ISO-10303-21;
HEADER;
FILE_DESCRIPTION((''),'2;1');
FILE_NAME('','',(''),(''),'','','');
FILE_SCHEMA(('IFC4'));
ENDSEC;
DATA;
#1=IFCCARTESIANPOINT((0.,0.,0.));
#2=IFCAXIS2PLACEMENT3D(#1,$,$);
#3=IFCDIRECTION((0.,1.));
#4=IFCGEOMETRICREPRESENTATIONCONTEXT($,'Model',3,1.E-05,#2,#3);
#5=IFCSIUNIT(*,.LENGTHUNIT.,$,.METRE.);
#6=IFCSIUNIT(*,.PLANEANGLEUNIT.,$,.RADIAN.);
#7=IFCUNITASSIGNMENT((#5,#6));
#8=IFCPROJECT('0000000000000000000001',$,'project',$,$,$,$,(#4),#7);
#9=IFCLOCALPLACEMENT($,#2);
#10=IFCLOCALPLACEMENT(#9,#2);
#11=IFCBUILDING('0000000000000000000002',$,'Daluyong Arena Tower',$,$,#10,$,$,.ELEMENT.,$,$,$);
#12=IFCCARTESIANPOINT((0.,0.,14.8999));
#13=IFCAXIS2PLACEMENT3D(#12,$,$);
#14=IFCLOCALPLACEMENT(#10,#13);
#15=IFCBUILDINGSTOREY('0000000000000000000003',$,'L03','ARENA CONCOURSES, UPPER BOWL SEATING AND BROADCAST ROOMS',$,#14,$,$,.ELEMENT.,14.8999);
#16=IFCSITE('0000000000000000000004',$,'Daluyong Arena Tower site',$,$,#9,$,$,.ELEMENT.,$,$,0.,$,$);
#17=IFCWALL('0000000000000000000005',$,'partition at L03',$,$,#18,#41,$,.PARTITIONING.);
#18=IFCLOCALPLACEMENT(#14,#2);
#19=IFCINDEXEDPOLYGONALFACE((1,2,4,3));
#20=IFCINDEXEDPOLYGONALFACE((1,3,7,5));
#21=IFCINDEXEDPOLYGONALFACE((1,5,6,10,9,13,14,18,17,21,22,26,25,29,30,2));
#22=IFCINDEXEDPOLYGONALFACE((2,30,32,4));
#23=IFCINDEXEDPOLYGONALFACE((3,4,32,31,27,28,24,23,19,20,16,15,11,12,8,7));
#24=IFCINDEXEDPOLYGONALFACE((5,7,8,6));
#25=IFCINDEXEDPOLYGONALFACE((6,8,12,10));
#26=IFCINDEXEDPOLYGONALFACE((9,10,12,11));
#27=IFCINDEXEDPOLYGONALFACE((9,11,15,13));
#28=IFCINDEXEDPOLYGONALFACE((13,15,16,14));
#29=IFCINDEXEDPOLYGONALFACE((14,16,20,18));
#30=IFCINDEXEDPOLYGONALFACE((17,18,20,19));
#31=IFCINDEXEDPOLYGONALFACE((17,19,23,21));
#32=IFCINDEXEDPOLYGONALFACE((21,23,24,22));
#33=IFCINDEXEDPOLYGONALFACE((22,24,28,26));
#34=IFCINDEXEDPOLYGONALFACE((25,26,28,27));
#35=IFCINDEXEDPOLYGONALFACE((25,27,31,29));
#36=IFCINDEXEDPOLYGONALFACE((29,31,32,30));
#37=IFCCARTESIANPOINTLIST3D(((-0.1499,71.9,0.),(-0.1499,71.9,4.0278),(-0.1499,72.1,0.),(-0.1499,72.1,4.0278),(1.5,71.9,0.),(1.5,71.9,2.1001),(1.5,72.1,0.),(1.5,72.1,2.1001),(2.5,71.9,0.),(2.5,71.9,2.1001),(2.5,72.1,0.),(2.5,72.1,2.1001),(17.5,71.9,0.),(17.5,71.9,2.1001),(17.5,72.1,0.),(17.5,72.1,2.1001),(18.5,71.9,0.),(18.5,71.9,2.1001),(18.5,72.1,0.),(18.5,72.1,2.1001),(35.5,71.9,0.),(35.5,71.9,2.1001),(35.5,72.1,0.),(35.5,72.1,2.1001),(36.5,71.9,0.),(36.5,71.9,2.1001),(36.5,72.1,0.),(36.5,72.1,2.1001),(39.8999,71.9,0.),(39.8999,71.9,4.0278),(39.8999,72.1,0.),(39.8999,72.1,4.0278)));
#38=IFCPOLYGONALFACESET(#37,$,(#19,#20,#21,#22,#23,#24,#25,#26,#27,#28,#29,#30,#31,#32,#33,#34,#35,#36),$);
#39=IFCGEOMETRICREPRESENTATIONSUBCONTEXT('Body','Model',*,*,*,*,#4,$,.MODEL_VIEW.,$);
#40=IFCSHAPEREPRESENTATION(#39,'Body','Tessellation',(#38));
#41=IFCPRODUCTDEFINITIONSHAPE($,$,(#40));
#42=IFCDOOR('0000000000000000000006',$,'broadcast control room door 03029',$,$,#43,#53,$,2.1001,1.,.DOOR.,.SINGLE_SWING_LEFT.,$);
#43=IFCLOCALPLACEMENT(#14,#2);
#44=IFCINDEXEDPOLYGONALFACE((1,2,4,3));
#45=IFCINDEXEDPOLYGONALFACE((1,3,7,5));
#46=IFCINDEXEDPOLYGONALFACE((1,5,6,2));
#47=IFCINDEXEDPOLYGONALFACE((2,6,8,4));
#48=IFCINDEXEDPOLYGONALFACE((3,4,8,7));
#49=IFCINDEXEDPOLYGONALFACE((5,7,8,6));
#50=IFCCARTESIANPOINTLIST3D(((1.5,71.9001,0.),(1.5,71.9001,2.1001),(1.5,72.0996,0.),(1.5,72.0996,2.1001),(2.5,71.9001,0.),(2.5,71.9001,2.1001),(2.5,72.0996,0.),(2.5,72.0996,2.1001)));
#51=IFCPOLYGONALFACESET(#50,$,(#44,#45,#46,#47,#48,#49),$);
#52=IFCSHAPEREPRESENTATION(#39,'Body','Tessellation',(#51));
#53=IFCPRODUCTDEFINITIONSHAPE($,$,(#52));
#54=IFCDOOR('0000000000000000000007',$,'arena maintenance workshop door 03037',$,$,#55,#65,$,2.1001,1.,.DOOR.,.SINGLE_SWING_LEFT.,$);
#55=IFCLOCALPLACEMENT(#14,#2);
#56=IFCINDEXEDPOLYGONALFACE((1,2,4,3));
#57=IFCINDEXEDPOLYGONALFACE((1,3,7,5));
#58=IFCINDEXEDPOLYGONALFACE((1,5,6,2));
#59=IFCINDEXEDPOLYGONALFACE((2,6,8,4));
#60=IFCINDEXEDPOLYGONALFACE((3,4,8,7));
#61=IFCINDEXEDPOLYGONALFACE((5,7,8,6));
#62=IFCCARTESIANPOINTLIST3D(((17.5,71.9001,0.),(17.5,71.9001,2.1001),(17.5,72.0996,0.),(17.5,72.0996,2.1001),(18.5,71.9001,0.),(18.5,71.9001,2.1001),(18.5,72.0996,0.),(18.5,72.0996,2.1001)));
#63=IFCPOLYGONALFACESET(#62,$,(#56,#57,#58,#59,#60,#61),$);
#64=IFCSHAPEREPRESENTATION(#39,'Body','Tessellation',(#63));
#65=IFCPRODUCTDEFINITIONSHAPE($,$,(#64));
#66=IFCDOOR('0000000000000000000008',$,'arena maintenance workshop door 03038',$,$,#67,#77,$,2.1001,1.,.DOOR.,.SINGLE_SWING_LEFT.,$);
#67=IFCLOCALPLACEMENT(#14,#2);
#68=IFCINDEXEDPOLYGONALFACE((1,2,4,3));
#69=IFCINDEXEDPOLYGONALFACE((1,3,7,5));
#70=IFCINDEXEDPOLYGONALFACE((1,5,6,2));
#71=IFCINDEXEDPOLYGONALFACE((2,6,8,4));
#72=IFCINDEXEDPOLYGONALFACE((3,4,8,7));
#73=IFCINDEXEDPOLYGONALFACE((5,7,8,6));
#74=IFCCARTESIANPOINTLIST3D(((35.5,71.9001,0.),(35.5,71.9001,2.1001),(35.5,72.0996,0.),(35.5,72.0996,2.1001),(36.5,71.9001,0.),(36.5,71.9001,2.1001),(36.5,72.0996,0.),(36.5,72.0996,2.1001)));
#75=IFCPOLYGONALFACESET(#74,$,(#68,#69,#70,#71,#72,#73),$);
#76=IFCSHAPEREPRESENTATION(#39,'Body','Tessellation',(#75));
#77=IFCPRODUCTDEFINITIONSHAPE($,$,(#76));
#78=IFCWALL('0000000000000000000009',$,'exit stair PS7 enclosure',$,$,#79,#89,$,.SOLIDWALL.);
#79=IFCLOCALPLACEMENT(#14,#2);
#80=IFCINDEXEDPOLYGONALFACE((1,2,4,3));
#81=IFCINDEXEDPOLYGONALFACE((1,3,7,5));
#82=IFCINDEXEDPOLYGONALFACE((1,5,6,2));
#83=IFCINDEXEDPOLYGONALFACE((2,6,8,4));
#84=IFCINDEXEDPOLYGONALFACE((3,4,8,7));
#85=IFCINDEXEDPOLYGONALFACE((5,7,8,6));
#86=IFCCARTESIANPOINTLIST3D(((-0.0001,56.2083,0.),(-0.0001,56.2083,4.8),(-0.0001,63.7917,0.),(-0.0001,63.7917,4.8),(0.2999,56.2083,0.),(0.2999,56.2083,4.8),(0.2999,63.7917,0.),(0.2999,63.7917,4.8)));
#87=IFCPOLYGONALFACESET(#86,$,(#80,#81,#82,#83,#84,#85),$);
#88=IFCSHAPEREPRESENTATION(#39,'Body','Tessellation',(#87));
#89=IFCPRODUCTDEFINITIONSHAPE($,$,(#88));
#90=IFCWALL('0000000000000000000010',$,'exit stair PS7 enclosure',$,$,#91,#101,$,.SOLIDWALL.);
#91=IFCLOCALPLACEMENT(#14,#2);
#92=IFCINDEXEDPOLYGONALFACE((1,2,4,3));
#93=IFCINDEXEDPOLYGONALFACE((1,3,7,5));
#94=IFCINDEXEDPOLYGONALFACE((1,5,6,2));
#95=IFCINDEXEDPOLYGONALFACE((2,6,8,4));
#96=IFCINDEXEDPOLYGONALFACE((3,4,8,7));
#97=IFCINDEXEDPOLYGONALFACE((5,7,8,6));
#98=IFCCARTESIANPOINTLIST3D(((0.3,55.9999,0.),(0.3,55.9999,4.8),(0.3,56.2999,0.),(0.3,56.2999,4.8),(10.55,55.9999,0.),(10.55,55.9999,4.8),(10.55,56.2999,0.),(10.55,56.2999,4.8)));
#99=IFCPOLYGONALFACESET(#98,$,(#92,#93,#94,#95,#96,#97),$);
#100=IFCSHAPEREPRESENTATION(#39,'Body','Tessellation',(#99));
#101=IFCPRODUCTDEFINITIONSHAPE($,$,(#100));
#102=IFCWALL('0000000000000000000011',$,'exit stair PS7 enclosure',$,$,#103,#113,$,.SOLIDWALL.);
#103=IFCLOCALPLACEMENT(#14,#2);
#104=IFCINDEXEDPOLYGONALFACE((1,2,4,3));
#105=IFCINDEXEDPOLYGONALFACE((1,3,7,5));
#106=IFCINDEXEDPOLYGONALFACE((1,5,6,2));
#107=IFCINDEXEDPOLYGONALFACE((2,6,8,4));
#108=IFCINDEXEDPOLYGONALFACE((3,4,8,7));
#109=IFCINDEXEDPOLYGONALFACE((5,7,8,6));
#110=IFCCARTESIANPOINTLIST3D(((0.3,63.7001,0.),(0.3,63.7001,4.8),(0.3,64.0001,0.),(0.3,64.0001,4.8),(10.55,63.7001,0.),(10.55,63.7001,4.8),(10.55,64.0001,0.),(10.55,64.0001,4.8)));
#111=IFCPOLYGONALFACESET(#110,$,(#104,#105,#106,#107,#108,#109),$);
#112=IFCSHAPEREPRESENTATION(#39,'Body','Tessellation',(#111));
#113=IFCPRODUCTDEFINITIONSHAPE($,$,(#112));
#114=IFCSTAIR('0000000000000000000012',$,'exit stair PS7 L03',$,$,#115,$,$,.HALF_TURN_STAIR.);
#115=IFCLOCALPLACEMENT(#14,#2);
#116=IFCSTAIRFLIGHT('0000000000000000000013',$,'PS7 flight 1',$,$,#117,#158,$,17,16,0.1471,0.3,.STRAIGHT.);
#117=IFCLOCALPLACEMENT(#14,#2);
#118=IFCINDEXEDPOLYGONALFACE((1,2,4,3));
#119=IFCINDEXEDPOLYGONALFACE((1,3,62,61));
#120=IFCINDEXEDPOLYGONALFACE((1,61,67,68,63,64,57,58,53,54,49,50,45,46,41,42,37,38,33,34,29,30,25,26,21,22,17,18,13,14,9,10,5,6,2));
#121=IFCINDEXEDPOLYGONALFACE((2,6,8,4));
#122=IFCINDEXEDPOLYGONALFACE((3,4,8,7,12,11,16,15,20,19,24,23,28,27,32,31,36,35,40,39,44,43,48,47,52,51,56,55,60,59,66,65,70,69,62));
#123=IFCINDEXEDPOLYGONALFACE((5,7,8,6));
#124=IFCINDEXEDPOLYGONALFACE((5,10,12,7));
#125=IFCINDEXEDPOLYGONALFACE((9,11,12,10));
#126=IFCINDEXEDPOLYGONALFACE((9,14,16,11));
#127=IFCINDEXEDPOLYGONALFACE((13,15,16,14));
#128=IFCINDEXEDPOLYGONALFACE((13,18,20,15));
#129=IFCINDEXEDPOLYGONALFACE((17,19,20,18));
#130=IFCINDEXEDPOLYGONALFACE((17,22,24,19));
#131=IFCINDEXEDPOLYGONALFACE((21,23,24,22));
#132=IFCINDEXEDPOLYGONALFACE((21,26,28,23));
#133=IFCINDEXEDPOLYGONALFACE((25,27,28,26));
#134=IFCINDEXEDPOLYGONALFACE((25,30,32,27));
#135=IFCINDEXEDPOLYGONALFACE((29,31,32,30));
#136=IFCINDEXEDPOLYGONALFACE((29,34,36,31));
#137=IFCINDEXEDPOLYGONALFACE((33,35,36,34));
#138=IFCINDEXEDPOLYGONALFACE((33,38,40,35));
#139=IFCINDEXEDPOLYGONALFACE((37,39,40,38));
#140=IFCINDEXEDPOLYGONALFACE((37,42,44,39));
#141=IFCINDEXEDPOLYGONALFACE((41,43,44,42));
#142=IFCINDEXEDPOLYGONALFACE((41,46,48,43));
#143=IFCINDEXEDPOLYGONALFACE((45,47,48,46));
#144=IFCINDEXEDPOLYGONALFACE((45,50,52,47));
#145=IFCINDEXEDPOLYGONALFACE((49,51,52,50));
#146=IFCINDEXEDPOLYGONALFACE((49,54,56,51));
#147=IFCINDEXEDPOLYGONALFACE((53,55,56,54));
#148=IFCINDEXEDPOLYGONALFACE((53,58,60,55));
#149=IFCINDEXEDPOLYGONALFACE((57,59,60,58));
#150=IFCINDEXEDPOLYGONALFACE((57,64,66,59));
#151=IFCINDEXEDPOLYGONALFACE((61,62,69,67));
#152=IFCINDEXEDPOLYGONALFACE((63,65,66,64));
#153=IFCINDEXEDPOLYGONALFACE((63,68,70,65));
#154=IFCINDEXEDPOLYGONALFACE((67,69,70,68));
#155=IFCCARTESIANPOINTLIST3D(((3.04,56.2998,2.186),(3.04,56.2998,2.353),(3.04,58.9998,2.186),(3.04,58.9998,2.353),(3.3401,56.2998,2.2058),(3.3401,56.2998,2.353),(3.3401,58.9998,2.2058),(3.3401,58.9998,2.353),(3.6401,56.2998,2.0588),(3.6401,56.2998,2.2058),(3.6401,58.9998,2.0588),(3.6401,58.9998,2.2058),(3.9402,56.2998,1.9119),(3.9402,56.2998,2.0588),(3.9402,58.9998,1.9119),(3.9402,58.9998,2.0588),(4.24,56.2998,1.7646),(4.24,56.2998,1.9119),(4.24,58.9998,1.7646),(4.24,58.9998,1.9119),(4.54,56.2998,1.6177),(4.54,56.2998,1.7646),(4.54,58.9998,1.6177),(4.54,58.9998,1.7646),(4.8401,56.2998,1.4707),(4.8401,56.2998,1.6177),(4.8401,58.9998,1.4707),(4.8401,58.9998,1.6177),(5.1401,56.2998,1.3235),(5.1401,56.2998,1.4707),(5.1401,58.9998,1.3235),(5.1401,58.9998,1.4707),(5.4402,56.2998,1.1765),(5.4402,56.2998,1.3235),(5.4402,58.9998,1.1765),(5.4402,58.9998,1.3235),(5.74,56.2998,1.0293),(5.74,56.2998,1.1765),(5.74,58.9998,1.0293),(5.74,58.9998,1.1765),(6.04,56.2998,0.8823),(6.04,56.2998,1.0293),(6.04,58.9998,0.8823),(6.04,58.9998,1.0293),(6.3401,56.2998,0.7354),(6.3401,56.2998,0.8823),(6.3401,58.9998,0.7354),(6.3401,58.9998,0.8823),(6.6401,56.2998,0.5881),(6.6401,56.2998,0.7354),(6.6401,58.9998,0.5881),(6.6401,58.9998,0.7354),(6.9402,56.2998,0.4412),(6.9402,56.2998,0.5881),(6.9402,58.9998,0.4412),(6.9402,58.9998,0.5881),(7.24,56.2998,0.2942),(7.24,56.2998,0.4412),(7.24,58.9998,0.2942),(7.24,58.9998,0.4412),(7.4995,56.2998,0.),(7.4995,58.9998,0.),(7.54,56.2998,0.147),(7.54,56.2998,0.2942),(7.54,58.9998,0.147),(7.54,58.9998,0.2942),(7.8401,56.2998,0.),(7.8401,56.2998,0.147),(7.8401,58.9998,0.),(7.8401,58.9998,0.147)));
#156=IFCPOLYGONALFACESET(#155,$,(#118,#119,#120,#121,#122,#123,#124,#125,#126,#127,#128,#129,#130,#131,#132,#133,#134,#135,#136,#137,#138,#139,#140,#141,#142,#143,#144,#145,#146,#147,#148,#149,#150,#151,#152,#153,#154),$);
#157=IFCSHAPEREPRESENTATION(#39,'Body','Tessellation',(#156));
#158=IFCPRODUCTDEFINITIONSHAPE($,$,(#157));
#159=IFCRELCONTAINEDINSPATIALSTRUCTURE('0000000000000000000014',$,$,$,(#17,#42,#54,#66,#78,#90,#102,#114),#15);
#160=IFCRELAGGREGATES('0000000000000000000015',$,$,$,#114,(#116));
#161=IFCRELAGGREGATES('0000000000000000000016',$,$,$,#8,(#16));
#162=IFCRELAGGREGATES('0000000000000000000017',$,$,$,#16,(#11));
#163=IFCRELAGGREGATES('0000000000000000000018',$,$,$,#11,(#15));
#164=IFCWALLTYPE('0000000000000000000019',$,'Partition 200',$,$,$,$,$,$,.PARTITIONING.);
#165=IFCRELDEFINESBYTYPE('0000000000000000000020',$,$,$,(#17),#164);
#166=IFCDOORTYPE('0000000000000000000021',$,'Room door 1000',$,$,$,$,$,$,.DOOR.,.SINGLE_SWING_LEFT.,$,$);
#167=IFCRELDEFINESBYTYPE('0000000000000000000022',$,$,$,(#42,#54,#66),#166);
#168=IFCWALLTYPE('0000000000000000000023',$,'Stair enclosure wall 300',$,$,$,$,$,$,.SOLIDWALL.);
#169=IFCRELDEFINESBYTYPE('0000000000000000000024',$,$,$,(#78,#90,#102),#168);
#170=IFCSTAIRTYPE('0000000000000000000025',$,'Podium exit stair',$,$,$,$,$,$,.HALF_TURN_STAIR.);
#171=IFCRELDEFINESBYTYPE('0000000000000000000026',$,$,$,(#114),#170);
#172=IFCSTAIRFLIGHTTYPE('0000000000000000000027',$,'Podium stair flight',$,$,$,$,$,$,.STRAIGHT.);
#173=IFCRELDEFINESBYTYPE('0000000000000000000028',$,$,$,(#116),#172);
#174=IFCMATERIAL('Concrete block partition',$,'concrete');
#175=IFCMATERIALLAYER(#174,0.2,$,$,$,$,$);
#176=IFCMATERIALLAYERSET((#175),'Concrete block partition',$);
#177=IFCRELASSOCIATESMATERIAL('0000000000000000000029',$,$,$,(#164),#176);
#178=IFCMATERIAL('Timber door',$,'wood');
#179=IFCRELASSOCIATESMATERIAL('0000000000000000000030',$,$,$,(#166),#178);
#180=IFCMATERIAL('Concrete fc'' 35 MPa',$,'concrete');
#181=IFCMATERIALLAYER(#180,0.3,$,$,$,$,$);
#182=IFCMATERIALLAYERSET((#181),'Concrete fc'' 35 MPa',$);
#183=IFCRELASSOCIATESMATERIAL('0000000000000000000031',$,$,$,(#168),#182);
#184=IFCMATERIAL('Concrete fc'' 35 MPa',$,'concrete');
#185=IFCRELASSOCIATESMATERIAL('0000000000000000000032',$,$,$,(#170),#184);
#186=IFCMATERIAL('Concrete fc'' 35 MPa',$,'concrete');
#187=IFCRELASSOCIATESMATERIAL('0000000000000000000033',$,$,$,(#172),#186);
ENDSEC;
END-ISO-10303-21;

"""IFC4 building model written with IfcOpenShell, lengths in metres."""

from ifc_helpers import new_model, si_unit, direction, frame, frame_2d, origin, place, context, subcontext, project, spatial, polyline, rectangle, outline, extrude, material, layer, layer_set, type_object, element, fill, aggregate, save


model = new_model("IFC4")

# Units and contexts
model_context = context("Model", 3, precision=1e-05, world=origin(), true_north=direction((0.0, 1.0)))
body_context = subcontext(model_context, "Body", "Model", "MODEL_VIEW")
ifc_project = project(units=[si_unit("LENGTHUNIT", "METRE"), si_unit("PLANEANGLEUNIT", "RADIAN")], contexts=[model_context])

# Site, building, storey
site_placement = place(None, origin())
site = spatial("IfcSite", under=ifc_project, at=site_placement, Name="Daluyong Arena Tower site", CompositionType="ELEMENT", RefElevation=0.0)
building_placement = place(site_placement, origin())
building = spatial("IfcBuilding", under=site, at=building_placement, Name="Daluyong Arena Tower", CompositionType="ELEMENT")
storey_placement = place(building_placement, frame((0.0, 0.0, 14.8999)))
storey = spatial("IfcBuildingStorey", under=building, at=storey_placement, Name="L03", Description="ARENA CONCOURSES, UPPER BOWL SEATING AND BROADCAST ROOMS", CompositionType="ELEMENT", Elevation=14.8999)

# Wall, openings, doors
ifc_material_1 = material(Name="Concrete block partition", Category="concrete")
ifc_layer_1 = layer(ifc_material_1, 0.2)
ifc_layer_set_1 = layer_set([ifc_layer_1], Name="Concrete block partition")
wall_type_1 = type_object("IfcWallType", Name="Partition 200", PredefinedType="PARTITIONING", material=ifc_layer_set_1)
wall_1_placement = place(storey_placement, frame((-0.1499, 72.0, 0.0), z_axis=(0.0, 0.0, 1.0), x_axis=(1.0, 0.0, 0.0)))
wall_1 = element("IfcWall", 1, at=wall_1_placement, inside=storey, type_object=wall_type_1, Name="partition at L03", PredefinedType="PARTITIONING", context=body_context, shape_type="SweptSolid", body=[
    extrude(rectangle(XDim=40.0498, YDim=0.2, at=frame_2d((20.0249, 0.0))), origin(), (0.0, 0.0, 1.0), 4.0278),
])
opening_1_placement = place(wall_1_placement, frame((1.6499, 0.0, 0.0)))
opening_1 = element("IfcOpeningElement", 2, at=opening_1_placement, cuts=wall_1, PredefinedType="OPENING", context=body_context, shape_type="SweptSolid", body=[
    extrude(rectangle(XDim=1.0, YDim=2.1001, at=frame_2d((0.5, 1.05))), frame((0.0, 0.1099, 0.0), z_axis=(0.0, -1.0, 0.0), x_axis=(1.0, 0.0, 0.0)), (0.0, 0.0, 1.0), 0.22),
])
opening_2_placement = place(wall_1_placement, frame((17.6499, 0.0, 0.0)))
opening_2 = element("IfcOpeningElement", 3, at=opening_2_placement, cuts=wall_1, PredefinedType="OPENING", context=body_context, shape_type="SweptSolid", body=[
    extrude(rectangle(XDim=1.0, YDim=2.1001, at=frame_2d((0.5, 1.05))), frame((0.0, 0.1099, 0.0), z_axis=(0.0, -1.0, 0.0), x_axis=(1.0, 0.0, 0.0)), (0.0, 0.0, 1.0), 0.22),
])
opening_3_placement = place(wall_1_placement, frame((35.6499, 0.0, 0.0)))
opening_3 = element("IfcOpeningElement", 4, at=opening_3_placement, cuts=wall_1, PredefinedType="OPENING", context=body_context, shape_type="SweptSolid", body=[
    extrude(rectangle(XDim=1.0, YDim=2.1001, at=frame_2d((0.5, 1.05))), frame((0.0, 0.1099, 0.0), z_axis=(0.0, -1.0, 0.0), x_axis=(1.0, 0.0, 0.0)), (0.0, 0.0, 1.0), 0.22),
])
ifc_material_2 = material(Name="Timber door", Category="wood")
door_type = type_object("IfcDoorType", Name="Room door 1000", OperationType="SINGLE_SWING_LEFT", PredefinedType="DOOR", material=ifc_material_2)
door_1_placement = place(opening_1_placement, origin())
door_1 = element("IfcDoor", 5, at=door_1_placement, inside=storey, type_object=door_type, Name="broadcast control room door 03029", OperationType="SINGLE_SWING_LEFT", OverallHeight=2.1001, OverallWidth=1.0, PredefinedType="DOOR", context=body_context, shape_type="SweptSolid", body=[
    extrude(rectangle(XDim=1.0, YDim=2.1001, at=frame_2d((0.5, 1.05))), frame((0.0, 0.0996, 0.0), z_axis=(0.0, -1.0, 0.0), x_axis=(1.0, 0.0, 0.0)), (0.0, 0.0, 1.0), 0.1995),
])
fill(opening_1, door_1)
door_2_placement = place(opening_2_placement, origin())
door_2 = element("IfcDoor", 6, at=door_2_placement, inside=storey, type_object=door_type, Name="arena maintenance workshop door 03037", OperationType="SINGLE_SWING_LEFT", OverallHeight=2.1001, OverallWidth=1.0, PredefinedType="DOOR", context=body_context, shape_type="SweptSolid", body=[
    extrude(rectangle(XDim=1.0, YDim=2.1001, at=frame_2d((0.5, 1.05))), frame((0.0, 0.0996, 0.0), z_axis=(0.0, -1.0, 0.0), x_axis=(1.0, 0.0, 0.0)), (0.0, 0.0, 1.0), 0.1995),
])
fill(opening_2, door_2)
door_3_placement = place(opening_3_placement, origin())
door_3 = element("IfcDoor", 7, at=door_3_placement, inside=storey, type_object=door_type, Name="arena maintenance workshop door 03038", OperationType="SINGLE_SWING_LEFT", OverallHeight=2.1001, OverallWidth=1.0, PredefinedType="DOOR", context=body_context, shape_type="SweptSolid", body=[
    extrude(rectangle(XDim=1.0, YDim=2.1001, at=frame_2d((0.5, 1.05))), frame((0.0, 0.0996, 0.0), z_axis=(0.0, -1.0, 0.0), x_axis=(1.0, 0.0, 0.0)), (0.0, 0.0, 1.0), 0.1995),
])
fill(opening_3, door_3)

# Walls
ifc_material_3 = material(Name="Concrete fc' 35 MPa", Category="concrete")
ifc_layer_2 = layer(ifc_material_3, 0.3)
ifc_layer_set_2 = layer_set([ifc_layer_2], Name="Concrete fc' 35 MPa")
wall_type_2 = type_object("IfcWallType", Name="Stair enclosure wall 300", PredefinedType="SOLIDWALL", material=ifc_layer_set_2)
wall_2_placement = place(storey_placement, frame((0.1499, 56.2083, 0.0), z_axis=(0.0, 0.0, 1.0), x_axis=(0.0, 1.0, 0.0)))
element("IfcWall", 8, at=wall_2_placement, inside=storey, type_object=wall_type_2, Name="exit stair PS7 enclosure", PredefinedType="SOLIDWALL", context=body_context, shape_type="SweptSolid", body=[
    extrude(rectangle(XDim=7.5835, YDim=0.3, at=frame_2d((3.7917, 0.0))), origin(), (0.0, 0.0, 1.0), 4.8),
])
for number, where, z_axis, x_axis, name in (
    (9, (0.3, 56.1499, 0.0), (0.0, 0.0, 1.0), (1.0, 0.0, 0.0), "exit stair PS7 enclosure"),
    (10, (0.3, 63.8501, 0.0), (0.0, 0.0, 1.0), (1.0, 0.0, 0.0), "exit stair PS7 enclosure"),
):
    element("IfcWall", number, at=place(storey_placement, frame(where, z_axis=z_axis, x_axis=x_axis)), inside=storey, type_object=wall_type_2, Name=name, PredefinedType="SOLIDWALL", context=body_context, shape_type="SweptSolid", body=[
        extrude(rectangle(XDim=10.25, YDim=0.3, at=frame_2d((5.125, 0.0))), origin(), (0.0, 0.0, 1.0), 4.8),
    ])

# Stair, stair flight
ifc_material_4 = material(Name="Concrete fc' 35 MPa", Category="concrete")
stair_type = type_object("IfcStairType", Name="Podium exit stair", PredefinedType="HALF_TURN_STAIR", material=ifc_material_4)
stair_placement = place(storey_placement, origin())
stair = element("IfcStair", 11, at=stair_placement, inside=storey, type_object=stair_type, Name="exit stair PS7 L03", PredefinedType="HALF_TURN_STAIR")
ifc_material_5 = material(Name="Concrete fc' 35 MPa", Category="concrete")
stair_flight_type = type_object("IfcStairFlightType", Name="Podium stair flight", PredefinedType="STRAIGHT", material=ifc_material_5)
stair_flight_1_placement = place(storey_placement, frame((7.8401, 57.6499, 0.0), z_axis=(0.0, 0.0, 1.0), x_axis=(-1.0, 0.0, 0.0)))
stair_flight_1 = element("IfcStairFlight", 12, at=stair_flight_1_placement, type_object=stair_flight_type, Name="PS7 flight 1", NumberOfRisers=17, NumberOfTreads=16, PredefinedType="STRAIGHT", RiserHeight=0.1471, TreadLength=0.3, context=body_context, shape_type="SweptSolid", body=[
    extrude(outline(polyline([(0.0, 0.0), (0.0, 0.147), (0.3, 0.147), (0.3, 0.2942), (0.6001, 0.2942), (0.6001, 0.4412), (0.8999, 0.4412), (0.8999, 0.5881), (1.2, 0.5881), (1.2, 0.7354), (1.5, 0.7354), (1.5, 0.8823), (1.8, 0.8823), (1.8, 1.0293), (2.1001, 1.0293), (2.1001, 1.1765), (2.3999, 1.1765), (2.3999, 1.3235), (2.7, 1.3235), (2.7, 1.4707), (3.0, 1.4707), (3.0, 1.6177), (3.3, 1.6177), (3.3, 1.7646), (3.6001, 1.7646), (3.6001, 1.9119), (3.8999, 1.9119), (3.8999, 2.0588), (4.2, 2.0588), (4.2, 2.2058), (4.5, 2.2058), (4.5, 2.353), (4.8, 2.353), (4.8, 2.5), (4.8, 2.186), (0.3406, 0.0), (0.0, 0.0)])), frame((0.0, 1.3501, 0.0), z_axis=(0.0, -1.0, 0.0), x_axis=(1.0, 0.0, 0.0)), (0.0, 0.0, 1.0), 2.7),
])
aggregate(stair, [stair_flight_1])

save(model, "model.ifc")
